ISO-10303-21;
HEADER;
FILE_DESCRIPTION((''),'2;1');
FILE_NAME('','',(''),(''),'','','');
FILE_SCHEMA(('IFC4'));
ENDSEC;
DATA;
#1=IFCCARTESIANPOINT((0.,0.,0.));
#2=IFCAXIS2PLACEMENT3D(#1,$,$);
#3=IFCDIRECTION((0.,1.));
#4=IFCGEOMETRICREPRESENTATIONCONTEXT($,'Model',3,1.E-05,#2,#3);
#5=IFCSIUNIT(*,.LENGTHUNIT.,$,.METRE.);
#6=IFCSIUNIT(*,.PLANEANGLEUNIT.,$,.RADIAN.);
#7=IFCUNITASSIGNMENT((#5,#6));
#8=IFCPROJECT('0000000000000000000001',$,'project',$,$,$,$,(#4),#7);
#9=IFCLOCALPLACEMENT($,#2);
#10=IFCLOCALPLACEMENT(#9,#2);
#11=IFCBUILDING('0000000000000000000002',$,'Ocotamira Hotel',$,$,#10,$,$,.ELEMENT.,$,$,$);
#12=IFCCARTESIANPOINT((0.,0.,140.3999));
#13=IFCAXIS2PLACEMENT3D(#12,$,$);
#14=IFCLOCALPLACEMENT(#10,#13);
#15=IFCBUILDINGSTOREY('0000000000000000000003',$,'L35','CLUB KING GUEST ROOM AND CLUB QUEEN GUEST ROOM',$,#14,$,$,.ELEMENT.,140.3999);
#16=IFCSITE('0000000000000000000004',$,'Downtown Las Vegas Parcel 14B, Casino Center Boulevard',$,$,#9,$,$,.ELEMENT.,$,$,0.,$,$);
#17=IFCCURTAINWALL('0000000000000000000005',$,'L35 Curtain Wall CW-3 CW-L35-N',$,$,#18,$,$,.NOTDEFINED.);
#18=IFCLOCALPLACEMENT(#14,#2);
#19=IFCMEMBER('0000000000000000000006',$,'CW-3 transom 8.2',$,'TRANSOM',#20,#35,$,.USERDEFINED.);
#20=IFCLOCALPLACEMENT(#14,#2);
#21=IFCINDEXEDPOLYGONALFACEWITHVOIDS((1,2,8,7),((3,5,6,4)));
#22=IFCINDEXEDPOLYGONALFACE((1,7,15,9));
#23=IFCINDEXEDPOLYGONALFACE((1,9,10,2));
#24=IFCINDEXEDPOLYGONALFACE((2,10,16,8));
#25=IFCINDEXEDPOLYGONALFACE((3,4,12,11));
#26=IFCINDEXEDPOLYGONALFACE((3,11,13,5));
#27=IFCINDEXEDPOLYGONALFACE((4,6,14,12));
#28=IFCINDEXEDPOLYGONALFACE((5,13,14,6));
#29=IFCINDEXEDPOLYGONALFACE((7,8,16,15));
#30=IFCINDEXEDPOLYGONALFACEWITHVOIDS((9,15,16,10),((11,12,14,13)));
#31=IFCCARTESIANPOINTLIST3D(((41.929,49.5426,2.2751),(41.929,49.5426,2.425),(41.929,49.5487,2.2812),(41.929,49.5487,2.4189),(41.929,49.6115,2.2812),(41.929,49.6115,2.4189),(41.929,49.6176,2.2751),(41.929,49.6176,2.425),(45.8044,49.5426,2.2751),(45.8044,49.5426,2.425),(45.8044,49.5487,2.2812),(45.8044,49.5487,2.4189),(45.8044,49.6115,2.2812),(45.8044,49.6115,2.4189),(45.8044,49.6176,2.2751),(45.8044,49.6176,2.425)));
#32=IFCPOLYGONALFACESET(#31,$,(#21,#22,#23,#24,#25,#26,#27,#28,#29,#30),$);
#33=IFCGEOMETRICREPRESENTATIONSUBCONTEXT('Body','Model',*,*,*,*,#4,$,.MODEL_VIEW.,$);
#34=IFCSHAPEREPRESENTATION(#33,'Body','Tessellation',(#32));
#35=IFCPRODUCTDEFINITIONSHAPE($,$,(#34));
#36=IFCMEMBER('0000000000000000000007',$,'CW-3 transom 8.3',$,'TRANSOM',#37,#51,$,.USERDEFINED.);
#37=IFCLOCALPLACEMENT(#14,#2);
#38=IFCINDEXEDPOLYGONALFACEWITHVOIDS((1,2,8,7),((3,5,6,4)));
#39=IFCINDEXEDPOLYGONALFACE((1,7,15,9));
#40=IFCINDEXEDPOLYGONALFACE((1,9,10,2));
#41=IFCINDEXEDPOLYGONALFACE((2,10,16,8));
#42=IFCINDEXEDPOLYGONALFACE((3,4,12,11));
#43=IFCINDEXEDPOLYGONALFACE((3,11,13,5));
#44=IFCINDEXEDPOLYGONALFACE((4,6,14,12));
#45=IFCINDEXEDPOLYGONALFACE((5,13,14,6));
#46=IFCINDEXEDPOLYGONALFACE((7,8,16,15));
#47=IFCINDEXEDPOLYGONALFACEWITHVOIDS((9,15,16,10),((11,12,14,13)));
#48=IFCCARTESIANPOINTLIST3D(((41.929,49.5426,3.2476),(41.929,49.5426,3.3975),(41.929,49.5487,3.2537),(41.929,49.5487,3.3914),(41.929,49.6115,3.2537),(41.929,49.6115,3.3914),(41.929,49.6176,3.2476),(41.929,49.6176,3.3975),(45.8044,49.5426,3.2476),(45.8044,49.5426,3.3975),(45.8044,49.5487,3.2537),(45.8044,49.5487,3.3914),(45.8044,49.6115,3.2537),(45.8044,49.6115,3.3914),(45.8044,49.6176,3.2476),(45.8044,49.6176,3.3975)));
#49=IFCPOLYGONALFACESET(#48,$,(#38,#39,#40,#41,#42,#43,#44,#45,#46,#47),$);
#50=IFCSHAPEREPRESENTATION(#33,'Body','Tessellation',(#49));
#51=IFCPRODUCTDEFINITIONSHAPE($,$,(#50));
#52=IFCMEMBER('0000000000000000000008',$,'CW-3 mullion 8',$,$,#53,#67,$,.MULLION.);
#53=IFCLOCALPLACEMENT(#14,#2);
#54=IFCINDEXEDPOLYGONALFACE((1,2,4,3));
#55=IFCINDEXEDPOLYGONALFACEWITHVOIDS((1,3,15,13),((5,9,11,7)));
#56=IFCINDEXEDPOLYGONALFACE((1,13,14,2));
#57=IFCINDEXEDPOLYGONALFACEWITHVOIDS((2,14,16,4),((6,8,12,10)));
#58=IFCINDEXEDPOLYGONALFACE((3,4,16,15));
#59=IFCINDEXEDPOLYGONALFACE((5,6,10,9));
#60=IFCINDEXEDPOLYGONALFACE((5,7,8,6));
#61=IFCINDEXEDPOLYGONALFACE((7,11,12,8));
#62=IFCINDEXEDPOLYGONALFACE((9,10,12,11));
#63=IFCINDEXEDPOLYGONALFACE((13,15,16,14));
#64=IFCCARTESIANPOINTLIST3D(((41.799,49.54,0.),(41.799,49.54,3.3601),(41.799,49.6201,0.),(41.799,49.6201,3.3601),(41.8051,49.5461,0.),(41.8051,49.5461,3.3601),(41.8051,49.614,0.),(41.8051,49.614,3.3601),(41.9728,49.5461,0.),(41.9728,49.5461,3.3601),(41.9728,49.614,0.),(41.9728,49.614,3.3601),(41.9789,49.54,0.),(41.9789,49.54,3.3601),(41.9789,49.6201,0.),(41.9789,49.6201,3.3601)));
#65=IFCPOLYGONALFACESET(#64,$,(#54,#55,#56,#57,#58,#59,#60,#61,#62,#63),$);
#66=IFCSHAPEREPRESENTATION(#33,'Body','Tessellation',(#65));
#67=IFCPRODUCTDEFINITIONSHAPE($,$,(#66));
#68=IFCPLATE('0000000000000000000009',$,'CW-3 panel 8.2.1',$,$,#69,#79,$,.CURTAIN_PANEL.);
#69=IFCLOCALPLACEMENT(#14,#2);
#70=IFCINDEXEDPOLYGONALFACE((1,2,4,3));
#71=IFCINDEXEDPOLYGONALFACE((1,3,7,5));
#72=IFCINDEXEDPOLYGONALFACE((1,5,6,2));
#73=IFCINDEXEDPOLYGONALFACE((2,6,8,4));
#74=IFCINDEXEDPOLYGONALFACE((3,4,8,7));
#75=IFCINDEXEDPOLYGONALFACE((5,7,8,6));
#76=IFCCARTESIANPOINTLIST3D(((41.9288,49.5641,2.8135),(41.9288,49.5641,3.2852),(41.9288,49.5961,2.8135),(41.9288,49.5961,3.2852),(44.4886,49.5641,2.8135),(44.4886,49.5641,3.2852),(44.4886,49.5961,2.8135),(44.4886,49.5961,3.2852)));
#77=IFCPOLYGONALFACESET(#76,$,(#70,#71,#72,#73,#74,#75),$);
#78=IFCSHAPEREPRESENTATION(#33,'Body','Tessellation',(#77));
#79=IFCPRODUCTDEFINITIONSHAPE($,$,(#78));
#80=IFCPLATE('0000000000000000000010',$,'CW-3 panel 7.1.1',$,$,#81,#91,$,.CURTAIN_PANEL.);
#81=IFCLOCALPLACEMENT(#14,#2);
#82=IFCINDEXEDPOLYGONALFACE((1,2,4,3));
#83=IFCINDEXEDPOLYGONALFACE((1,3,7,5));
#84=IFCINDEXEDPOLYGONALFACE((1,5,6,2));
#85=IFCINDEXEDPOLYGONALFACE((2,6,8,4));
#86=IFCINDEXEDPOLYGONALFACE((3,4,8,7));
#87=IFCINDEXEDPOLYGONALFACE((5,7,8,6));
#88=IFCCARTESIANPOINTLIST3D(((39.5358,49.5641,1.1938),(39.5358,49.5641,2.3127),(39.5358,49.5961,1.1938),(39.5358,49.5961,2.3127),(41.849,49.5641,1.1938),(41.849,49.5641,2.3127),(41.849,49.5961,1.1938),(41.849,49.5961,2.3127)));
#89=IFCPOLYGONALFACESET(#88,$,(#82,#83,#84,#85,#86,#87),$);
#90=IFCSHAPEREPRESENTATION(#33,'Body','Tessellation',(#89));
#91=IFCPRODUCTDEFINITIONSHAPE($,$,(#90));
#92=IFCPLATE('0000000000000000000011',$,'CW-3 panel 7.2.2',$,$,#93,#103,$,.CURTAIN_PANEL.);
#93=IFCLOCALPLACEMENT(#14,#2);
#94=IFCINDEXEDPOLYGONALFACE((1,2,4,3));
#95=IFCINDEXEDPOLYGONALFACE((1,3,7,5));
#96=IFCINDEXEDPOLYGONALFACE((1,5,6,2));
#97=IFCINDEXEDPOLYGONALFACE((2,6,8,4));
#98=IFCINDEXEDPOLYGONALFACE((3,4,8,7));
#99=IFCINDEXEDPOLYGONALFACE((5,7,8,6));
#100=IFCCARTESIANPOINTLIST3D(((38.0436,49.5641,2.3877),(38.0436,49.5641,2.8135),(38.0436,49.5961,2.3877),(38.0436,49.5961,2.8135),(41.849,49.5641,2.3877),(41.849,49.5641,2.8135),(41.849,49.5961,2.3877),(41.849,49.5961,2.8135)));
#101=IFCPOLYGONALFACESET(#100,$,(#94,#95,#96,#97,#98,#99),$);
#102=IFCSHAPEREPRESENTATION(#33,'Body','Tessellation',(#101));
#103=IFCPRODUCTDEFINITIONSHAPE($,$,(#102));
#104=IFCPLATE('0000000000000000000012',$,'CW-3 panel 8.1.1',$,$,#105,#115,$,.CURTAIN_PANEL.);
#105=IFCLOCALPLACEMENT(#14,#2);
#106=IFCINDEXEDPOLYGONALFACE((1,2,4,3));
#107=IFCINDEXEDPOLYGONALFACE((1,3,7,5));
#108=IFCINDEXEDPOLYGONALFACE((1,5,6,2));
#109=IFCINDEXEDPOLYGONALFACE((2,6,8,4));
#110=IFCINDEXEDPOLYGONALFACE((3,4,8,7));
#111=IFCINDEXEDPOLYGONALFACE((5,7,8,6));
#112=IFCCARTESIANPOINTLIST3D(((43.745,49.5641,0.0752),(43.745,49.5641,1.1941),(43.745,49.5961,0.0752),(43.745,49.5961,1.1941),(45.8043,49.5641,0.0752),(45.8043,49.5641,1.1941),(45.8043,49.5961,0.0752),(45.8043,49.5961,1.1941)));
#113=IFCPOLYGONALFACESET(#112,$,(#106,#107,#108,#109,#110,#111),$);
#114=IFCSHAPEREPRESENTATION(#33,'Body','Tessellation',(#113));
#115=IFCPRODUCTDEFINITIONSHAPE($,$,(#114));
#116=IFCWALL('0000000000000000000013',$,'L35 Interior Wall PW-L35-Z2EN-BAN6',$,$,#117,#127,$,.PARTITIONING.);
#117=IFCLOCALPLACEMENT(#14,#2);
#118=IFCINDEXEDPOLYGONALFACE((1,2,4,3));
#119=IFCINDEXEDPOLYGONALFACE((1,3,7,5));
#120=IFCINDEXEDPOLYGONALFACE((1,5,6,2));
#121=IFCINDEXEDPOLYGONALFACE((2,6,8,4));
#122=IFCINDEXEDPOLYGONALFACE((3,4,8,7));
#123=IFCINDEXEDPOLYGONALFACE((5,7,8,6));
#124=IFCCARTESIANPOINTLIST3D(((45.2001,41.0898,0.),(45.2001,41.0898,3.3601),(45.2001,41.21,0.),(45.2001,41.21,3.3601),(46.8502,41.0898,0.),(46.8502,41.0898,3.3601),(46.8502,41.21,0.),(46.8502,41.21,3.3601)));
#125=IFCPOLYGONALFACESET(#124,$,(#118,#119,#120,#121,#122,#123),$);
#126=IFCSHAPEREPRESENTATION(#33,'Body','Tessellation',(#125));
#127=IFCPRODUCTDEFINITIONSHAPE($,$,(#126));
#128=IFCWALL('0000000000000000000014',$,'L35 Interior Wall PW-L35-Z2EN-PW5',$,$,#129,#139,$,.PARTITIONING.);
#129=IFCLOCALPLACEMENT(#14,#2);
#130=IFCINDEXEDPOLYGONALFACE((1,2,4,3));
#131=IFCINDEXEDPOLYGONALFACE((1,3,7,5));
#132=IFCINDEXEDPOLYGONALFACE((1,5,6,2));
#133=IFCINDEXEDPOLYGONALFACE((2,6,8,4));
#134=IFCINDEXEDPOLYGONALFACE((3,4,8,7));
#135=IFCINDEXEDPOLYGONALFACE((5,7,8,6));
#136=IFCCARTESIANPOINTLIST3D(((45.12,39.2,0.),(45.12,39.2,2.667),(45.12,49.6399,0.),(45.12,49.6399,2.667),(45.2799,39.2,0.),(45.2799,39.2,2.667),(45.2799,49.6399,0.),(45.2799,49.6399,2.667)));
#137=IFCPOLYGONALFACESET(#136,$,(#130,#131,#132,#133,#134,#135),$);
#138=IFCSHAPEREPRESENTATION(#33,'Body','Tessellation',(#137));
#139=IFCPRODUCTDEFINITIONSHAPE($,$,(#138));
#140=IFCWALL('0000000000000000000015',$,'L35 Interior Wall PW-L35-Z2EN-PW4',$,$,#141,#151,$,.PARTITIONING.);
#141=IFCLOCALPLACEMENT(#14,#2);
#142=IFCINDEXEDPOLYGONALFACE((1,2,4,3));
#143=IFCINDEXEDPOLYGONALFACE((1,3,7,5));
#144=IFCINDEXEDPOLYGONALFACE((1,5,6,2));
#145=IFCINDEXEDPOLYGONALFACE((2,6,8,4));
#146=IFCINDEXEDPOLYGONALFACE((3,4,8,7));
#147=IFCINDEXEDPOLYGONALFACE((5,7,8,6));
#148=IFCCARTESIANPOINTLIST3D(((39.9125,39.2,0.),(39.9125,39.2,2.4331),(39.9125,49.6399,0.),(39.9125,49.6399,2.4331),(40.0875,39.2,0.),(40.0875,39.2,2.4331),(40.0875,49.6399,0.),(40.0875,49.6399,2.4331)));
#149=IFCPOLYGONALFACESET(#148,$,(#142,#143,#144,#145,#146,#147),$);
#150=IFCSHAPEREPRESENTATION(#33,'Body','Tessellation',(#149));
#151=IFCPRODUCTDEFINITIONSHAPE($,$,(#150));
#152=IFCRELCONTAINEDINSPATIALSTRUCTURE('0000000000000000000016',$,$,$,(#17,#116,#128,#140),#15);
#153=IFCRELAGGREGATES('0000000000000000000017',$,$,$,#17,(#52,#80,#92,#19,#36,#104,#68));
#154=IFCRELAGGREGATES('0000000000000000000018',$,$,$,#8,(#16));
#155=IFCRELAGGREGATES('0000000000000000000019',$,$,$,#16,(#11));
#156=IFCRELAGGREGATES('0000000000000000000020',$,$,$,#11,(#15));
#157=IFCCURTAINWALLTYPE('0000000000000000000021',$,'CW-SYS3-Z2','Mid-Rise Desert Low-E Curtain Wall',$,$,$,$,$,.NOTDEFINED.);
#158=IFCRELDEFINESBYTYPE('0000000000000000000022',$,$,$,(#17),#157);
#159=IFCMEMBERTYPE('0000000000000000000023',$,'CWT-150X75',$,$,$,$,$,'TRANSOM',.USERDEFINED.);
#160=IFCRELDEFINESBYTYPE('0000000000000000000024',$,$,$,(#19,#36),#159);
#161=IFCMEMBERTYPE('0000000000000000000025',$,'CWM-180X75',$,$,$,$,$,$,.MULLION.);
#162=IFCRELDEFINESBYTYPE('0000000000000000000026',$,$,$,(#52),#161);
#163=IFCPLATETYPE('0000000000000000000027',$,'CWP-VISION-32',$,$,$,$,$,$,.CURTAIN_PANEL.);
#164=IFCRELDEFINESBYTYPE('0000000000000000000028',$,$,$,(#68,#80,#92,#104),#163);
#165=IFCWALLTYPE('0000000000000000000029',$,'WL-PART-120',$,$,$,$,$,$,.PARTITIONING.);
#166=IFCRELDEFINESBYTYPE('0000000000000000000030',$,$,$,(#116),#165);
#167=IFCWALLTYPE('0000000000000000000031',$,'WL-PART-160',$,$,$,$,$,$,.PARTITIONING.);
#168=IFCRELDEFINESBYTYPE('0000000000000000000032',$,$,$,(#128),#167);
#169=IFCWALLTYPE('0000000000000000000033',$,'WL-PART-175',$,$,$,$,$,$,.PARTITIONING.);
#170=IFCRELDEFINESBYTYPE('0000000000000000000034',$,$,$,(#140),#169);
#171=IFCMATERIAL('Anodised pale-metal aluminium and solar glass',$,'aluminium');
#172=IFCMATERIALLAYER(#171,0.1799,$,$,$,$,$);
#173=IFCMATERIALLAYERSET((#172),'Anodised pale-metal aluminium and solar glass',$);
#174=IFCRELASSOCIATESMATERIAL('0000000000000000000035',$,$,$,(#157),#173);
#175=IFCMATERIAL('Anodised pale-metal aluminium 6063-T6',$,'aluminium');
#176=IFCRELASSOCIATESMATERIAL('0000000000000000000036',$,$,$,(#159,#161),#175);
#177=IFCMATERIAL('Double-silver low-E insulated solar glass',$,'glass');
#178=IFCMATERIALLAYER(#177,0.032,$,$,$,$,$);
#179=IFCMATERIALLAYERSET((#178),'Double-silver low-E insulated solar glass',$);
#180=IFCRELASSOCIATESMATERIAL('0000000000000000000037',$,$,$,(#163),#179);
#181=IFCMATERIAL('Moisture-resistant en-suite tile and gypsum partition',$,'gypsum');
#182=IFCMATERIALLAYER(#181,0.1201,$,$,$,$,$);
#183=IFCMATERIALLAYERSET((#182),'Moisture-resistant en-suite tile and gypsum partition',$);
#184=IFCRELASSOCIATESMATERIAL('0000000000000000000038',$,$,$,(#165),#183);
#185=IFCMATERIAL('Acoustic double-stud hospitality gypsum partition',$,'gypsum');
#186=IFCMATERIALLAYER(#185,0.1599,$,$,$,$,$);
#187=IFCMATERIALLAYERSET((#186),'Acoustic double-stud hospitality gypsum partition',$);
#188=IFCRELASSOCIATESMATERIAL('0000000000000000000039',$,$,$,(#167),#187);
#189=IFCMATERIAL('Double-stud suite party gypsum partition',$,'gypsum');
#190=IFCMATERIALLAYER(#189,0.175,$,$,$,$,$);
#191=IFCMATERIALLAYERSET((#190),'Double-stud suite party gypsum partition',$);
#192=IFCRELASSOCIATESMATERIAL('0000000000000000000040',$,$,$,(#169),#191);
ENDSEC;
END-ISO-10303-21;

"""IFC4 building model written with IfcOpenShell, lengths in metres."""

from ifc_helpers import new_model, si_unit, direction, frame, frame_2d, origin, origin_2d, place, context, subcontext, project, spatial, rectangle, hollow_rectangle, extrude, source, transform, mapped, material, layer, layer_set, material_profile, profile_set, type_object, element, aggregate, save


model = new_model("IFC4")

# Units and contexts
model_context = context("Model", 3, precision=1e-05, world=origin(), true_north=direction((0.0, 1.0)))
body_context = subcontext(model_context, "Body", "Model", "MODEL_VIEW")
ifc_project = project(units=[si_unit("LENGTHUNIT", "METRE"), si_unit("PLANEANGLEUNIT", "RADIAN")], contexts=[model_context])

# Site, building, storey
site_placement = place(None, origin())
site = spatial("IfcSite", under=ifc_project, at=site_placement, Name="Downtown Las Vegas Parcel 14B, Casino Center Boulevard", CompositionType="ELEMENT", RefElevation=0.0)
building_placement = place(site_placement, origin())
building = spatial("IfcBuilding", under=site, at=building_placement, Name="Ocotamira Hotel", CompositionType="ELEMENT")
storey_placement = place(building_placement, frame((0.0, 0.0, 140.3999)))
storey = spatial("IfcBuildingStorey", under=building, at=storey_placement, Name="L35", Description="CLUB KING GUEST ROOM AND CLUB QUEEN GUEST ROOM", CompositionType="ELEMENT", Elevation=140.3999)

# Curtain wall, members, plates
ifc_material_1 = material(Name="Anodised pale-metal aluminium and solar glass", Category="aluminium")
ifc_layer_1 = layer(ifc_material_1, 0.1799)
ifc_layer_set_1 = layer_set([ifc_layer_1], Name="Anodised pale-metal aluminium and solar glass")
curtain_wall_type = type_object("IfcCurtainWallType", Name="CW-SYS3-Z2", Description="Mid-Rise Desert Low-E Curtain Wall", PredefinedType="NOTDEFINED", material=ifc_layer_set_1)
curtain_wall_placement = place(storey_placement, origin())
curtain_wall = element("IfcCurtainWall", 1, at=curtain_wall_placement, inside=storey, type_object=curtain_wall_type, Name="L35 Curtain Wall CW-3 CW-L35-N", PredefinedType="NOTDEFINED")
ifc_material_2 = material(Name="Anodised pale-metal aluminium 6063-T6", Category="aluminium")
ifc_material_profile_1 = material_profile(ifc_material_2, hollow_rectangle(XDim=0.075, YDim=0.1499, WallThickness=0.0061, at=origin_2d()), Name="HSS150X75X6")
ifc_profile_set_1 = profile_set([ifc_material_profile_1], Name="Anodised pale-metal aluminium 6063-T6")
member_type_1 = type_object("IfcMemberType", Name="CWT-150X75", ElementType="TRANSOM", PredefinedType="USERDEFINED", material=ifc_profile_set_1)
shared_shape_1 = source(origin(), body_context, "Body", "SweptSolid", [
    extrude(hollow_rectangle(XDim=0.075, YDim=0.1499, WallThickness=0.0061, at=origin_2d()), origin(), (0.0, 0.0, 1.0), 3.8755),
])
member_1_placement = place(storey_placement, frame((41.929, 49.5801, 2.3501), z_axis=(1.0, 0.0, 0.0), x_axis=(0.0, 1.0, 0.0)))
member_1 = element("IfcMember", 2, at=member_1_placement, type_object=member_type_1, Name="CW-3 transom 8.2", ObjectType="TRANSOM", PredefinedType="USERDEFINED", context=body_context, shape_type="MappedRepresentation", body=[
    mapped(shared_shape_1, transform((0.0, 0.0, 0.0), scale=1.0)),
])
member_2_placement = place(storey_placement, frame((41.929, 49.5801, 3.3225), z_axis=(1.0, 0.0, 0.0), x_axis=(0.0, 1.0, 0.0)))
member_2 = element("IfcMember", 3, at=member_2_placement, type_object=member_type_1, Name="CW-3 transom 8.3", ObjectType="TRANSOM", PredefinedType="USERDEFINED", context=body_context, shape_type="MappedRepresentation", body=[
    mapped(shared_shape_1, transform((0.0, 0.0, 0.0), scale=1.0)),
])
ifc_material_profile_2 = material_profile(ifc_material_2, hollow_rectangle(XDim=0.0801, YDim=0.1799, WallThickness=0.0061, at=origin_2d()), Name="HSS180X80X6")
ifc_profile_set_2 = profile_set([ifc_material_profile_2], Name="Anodised pale-metal aluminium 6063-T6")
member_type_2 = type_object("IfcMemberType", Name="CWM-180X75", PredefinedType="MULLION", material=ifc_profile_set_2)
shared_shape_2 = source(origin(), body_context, "Body", "SweptSolid", [
    extrude(hollow_rectangle(XDim=0.0801, YDim=0.1799, WallThickness=0.0061, at=origin_2d()), origin(), (0.0, 0.0, 1.0), 3.3601),
])
member_3_placement = place(storey_placement, frame((41.8889, 49.5801, 0.0), z_axis=(0.0, 0.0, 1.0), x_axis=(0.0, 1.0, 0.0)))
member_3 = element("IfcMember", 4, at=member_3_placement, type_object=member_type_2, Name="CW-3 mullion 8", PredefinedType="MULLION", context=body_context, shape_type="MappedRepresentation", body=[
    mapped(shared_shape_2, transform((0.0, 0.0, 0.0), scale=1.0)),
])
ifc_material_3 = material(Name="Double-silver low-E insulated solar glass", Category="glass")
ifc_layer_2 = layer(ifc_material_3, 0.032)
ifc_layer_set_2 = layer_set([ifc_layer_2], Name="Double-silver low-E insulated solar glass")
plate_type = type_object("IfcPlateType", Name="CWP-VISION-32", PredefinedType="CURTAIN_PANEL", material=ifc_layer_set_2)
shared_shape_3 = source(origin(), body_context, "Body", "SweptSolid", [
    extrude(rectangle(XDim=2.5598, YDim=0.032, at=origin_2d()), origin(), (0.0, 0.0, 1.0), 0.4717),
])
plate_1_placement = place(storey_placement, frame((43.2087, 49.5801, 2.8135), z_axis=(0.0, 0.0, 1.0), x_axis=(1.0, 0.0, 0.0)))
plate_1 = element("IfcPlate", 5, at=plate_1_placement, type_object=plate_type, Name="CW-3 panel 8.2.1", PredefinedType="CURTAIN_PANEL", context=body_context, shape_type="MappedRepresentation", body=[
    mapped(shared_shape_3, transform((0.0, 0.0, 0.0), scale=1.0)),
])
shared_shape_4 = source(origin(), body_context, "Body", "SweptSolid", [
    extrude(rectangle(XDim=2.3132, YDim=0.032, at=origin_2d()), origin(), (0.0, 0.0, 1.0), 1.1189),
])
plate_2_placement = place(storey_placement, frame((40.6924, 49.5801, 1.1938), z_axis=(0.0, 0.0, 1.0), x_axis=(1.0, 0.0, 0.0)))
plate_2 = element("IfcPlate", 6, at=plate_2_placement, type_object=plate_type, Name="CW-3 panel 7.1.1", PredefinedType="CURTAIN_PANEL", context=body_context, shape_type="MappedRepresentation", body=[
    mapped(shared_shape_4, transform((0.0, 0.0, 0.0), scale=1.0)),
])
shared_shape_5 = source(origin(), body_context, "Body", "SweptSolid", [
    extrude(rectangle(XDim=3.8054, YDim=0.032, at=origin_2d()), origin(), (0.0, 0.0, 1.0), 0.4258),
])
plate_3_placement = place(storey_placement, frame((39.9463, 49.5801, 2.3877), z_axis=(0.0, 0.0, 1.0), x_axis=(1.0, 0.0, 0.0)))
plate_3 = element("IfcPlate", 7, at=plate_3_placement, type_object=plate_type, Name="CW-3 panel 7.2.2", PredefinedType="CURTAIN_PANEL", context=body_context, shape_type="MappedRepresentation", body=[
    mapped(shared_shape_5, transform((0.0, 0.0, 0.0), scale=1.0)),
])
shared_shape_6 = source(origin(), body_context, "Body", "SweptSolid", [
    extrude(rectangle(XDim=2.0593, YDim=0.032, at=origin_2d()), origin(), (0.0, 0.0, 1.0), 1.1189),
])
plate_4_placement = place(storey_placement, frame((44.7747, 49.5801, 0.0752), z_axis=(0.0, 0.0, 1.0), x_axis=(1.0, 0.0, 0.0)))
plate_4 = element("IfcPlate", 8, at=plate_4_placement, type_object=plate_type, Name="CW-3 panel 8.1.1", PredefinedType="CURTAIN_PANEL", context=body_context, shape_type="MappedRepresentation", body=[
    mapped(shared_shape_6, transform((0.0, 0.0, 0.0), scale=1.0)),
])
aggregate(curtain_wall, [member_3, plate_2, plate_3, member_1, member_2, plate_4, plate_1])

# Walls
ifc_material_4 = material(Name="Moisture-resistant en-suite tile and gypsum partition", Category="gypsum")
ifc_layer_3 = layer(ifc_material_4, 0.1201)
ifc_layer_set_3 = layer_set([ifc_layer_3], Name="Moisture-resistant en-suite tile and gypsum partition")
wall_type_1 = type_object("IfcWallType", Name="WL-PART-120", PredefinedType="PARTITIONING", material=ifc_layer_set_3)
wall_1_placement = place(storey_placement, frame((45.2, 41.1499, 0.0), z_axis=(0.0, 0.0, 1.0), x_axis=(1.0, 0.0, 0.0)))
element("IfcWall", 9, at=wall_1_placement, inside=storey, type_object=wall_type_1, Name="L35 Interior Wall PW-L35-Z2EN-BAN6", PredefinedType="PARTITIONING", context=body_context, shape_type="SweptSolid", body=[
    extrude(rectangle(XDim=1.6501, YDim=0.1201, at=frame_2d((0.8252, 0.0))), origin(), (0.0, 0.0, 1.0), 3.3601),
])
ifc_material_5 = material(Name="Acoustic double-stud hospitality gypsum partition", Category="gypsum")
ifc_layer_4 = layer(ifc_material_5, 0.1599)
ifc_layer_set_4 = layer_set([ifc_layer_4], Name="Acoustic double-stud hospitality gypsum partition")
wall_type_2 = type_object("IfcWallType", Name="WL-PART-160", PredefinedType="PARTITIONING", material=ifc_layer_set_4)
wall_2_placement = place(storey_placement, frame((45.2, 39.2, 0.0), z_axis=(0.0, 0.0, 1.0), x_axis=(0.0, 1.0, 0.0)))
element("IfcWall", 10, at=wall_2_placement, inside=storey, type_object=wall_type_2, Name="L35 Interior Wall PW-L35-Z2EN-PW5", PredefinedType="PARTITIONING", context=body_context, shape_type="SweptSolid", body=[
    extrude(rectangle(XDim=10.4399, YDim=0.1599, at=frame_2d((5.22, 0.0))), origin(), (0.0, 0.0, 1.0), 2.667),
])
ifc_material_6 = material(Name="Double-stud suite party gypsum partition", Category="gypsum")
ifc_layer_5 = layer(ifc_material_6, 0.175)
ifc_layer_set_5 = layer_set([ifc_layer_5], Name="Double-stud suite party gypsum partition")
wall_type_3 = type_object("IfcWallType", Name="WL-PART-175", PredefinedType="PARTITIONING", material=ifc_layer_set_5)
wall_3_placement = place(storey_placement, frame((40.0, 39.2, 0.0), z_axis=(0.0, 0.0, 1.0), x_axis=(0.0, 1.0, 0.0)))
element("IfcWall", 11, at=wall_3_placement, inside=storey, type_object=wall_type_3, Name="L35 Interior Wall PW-L35-Z2EN-PW4", PredefinedType="PARTITIONING", context=body_context, shape_type="SweptSolid", body=[
    extrude(rectangle(XDim=10.4399, YDim=0.175, at=frame_2d((5.22, 0.0))), origin(), (0.0, 0.0, 1.0), 2.4331),
])

save(model, "model.ifc")
